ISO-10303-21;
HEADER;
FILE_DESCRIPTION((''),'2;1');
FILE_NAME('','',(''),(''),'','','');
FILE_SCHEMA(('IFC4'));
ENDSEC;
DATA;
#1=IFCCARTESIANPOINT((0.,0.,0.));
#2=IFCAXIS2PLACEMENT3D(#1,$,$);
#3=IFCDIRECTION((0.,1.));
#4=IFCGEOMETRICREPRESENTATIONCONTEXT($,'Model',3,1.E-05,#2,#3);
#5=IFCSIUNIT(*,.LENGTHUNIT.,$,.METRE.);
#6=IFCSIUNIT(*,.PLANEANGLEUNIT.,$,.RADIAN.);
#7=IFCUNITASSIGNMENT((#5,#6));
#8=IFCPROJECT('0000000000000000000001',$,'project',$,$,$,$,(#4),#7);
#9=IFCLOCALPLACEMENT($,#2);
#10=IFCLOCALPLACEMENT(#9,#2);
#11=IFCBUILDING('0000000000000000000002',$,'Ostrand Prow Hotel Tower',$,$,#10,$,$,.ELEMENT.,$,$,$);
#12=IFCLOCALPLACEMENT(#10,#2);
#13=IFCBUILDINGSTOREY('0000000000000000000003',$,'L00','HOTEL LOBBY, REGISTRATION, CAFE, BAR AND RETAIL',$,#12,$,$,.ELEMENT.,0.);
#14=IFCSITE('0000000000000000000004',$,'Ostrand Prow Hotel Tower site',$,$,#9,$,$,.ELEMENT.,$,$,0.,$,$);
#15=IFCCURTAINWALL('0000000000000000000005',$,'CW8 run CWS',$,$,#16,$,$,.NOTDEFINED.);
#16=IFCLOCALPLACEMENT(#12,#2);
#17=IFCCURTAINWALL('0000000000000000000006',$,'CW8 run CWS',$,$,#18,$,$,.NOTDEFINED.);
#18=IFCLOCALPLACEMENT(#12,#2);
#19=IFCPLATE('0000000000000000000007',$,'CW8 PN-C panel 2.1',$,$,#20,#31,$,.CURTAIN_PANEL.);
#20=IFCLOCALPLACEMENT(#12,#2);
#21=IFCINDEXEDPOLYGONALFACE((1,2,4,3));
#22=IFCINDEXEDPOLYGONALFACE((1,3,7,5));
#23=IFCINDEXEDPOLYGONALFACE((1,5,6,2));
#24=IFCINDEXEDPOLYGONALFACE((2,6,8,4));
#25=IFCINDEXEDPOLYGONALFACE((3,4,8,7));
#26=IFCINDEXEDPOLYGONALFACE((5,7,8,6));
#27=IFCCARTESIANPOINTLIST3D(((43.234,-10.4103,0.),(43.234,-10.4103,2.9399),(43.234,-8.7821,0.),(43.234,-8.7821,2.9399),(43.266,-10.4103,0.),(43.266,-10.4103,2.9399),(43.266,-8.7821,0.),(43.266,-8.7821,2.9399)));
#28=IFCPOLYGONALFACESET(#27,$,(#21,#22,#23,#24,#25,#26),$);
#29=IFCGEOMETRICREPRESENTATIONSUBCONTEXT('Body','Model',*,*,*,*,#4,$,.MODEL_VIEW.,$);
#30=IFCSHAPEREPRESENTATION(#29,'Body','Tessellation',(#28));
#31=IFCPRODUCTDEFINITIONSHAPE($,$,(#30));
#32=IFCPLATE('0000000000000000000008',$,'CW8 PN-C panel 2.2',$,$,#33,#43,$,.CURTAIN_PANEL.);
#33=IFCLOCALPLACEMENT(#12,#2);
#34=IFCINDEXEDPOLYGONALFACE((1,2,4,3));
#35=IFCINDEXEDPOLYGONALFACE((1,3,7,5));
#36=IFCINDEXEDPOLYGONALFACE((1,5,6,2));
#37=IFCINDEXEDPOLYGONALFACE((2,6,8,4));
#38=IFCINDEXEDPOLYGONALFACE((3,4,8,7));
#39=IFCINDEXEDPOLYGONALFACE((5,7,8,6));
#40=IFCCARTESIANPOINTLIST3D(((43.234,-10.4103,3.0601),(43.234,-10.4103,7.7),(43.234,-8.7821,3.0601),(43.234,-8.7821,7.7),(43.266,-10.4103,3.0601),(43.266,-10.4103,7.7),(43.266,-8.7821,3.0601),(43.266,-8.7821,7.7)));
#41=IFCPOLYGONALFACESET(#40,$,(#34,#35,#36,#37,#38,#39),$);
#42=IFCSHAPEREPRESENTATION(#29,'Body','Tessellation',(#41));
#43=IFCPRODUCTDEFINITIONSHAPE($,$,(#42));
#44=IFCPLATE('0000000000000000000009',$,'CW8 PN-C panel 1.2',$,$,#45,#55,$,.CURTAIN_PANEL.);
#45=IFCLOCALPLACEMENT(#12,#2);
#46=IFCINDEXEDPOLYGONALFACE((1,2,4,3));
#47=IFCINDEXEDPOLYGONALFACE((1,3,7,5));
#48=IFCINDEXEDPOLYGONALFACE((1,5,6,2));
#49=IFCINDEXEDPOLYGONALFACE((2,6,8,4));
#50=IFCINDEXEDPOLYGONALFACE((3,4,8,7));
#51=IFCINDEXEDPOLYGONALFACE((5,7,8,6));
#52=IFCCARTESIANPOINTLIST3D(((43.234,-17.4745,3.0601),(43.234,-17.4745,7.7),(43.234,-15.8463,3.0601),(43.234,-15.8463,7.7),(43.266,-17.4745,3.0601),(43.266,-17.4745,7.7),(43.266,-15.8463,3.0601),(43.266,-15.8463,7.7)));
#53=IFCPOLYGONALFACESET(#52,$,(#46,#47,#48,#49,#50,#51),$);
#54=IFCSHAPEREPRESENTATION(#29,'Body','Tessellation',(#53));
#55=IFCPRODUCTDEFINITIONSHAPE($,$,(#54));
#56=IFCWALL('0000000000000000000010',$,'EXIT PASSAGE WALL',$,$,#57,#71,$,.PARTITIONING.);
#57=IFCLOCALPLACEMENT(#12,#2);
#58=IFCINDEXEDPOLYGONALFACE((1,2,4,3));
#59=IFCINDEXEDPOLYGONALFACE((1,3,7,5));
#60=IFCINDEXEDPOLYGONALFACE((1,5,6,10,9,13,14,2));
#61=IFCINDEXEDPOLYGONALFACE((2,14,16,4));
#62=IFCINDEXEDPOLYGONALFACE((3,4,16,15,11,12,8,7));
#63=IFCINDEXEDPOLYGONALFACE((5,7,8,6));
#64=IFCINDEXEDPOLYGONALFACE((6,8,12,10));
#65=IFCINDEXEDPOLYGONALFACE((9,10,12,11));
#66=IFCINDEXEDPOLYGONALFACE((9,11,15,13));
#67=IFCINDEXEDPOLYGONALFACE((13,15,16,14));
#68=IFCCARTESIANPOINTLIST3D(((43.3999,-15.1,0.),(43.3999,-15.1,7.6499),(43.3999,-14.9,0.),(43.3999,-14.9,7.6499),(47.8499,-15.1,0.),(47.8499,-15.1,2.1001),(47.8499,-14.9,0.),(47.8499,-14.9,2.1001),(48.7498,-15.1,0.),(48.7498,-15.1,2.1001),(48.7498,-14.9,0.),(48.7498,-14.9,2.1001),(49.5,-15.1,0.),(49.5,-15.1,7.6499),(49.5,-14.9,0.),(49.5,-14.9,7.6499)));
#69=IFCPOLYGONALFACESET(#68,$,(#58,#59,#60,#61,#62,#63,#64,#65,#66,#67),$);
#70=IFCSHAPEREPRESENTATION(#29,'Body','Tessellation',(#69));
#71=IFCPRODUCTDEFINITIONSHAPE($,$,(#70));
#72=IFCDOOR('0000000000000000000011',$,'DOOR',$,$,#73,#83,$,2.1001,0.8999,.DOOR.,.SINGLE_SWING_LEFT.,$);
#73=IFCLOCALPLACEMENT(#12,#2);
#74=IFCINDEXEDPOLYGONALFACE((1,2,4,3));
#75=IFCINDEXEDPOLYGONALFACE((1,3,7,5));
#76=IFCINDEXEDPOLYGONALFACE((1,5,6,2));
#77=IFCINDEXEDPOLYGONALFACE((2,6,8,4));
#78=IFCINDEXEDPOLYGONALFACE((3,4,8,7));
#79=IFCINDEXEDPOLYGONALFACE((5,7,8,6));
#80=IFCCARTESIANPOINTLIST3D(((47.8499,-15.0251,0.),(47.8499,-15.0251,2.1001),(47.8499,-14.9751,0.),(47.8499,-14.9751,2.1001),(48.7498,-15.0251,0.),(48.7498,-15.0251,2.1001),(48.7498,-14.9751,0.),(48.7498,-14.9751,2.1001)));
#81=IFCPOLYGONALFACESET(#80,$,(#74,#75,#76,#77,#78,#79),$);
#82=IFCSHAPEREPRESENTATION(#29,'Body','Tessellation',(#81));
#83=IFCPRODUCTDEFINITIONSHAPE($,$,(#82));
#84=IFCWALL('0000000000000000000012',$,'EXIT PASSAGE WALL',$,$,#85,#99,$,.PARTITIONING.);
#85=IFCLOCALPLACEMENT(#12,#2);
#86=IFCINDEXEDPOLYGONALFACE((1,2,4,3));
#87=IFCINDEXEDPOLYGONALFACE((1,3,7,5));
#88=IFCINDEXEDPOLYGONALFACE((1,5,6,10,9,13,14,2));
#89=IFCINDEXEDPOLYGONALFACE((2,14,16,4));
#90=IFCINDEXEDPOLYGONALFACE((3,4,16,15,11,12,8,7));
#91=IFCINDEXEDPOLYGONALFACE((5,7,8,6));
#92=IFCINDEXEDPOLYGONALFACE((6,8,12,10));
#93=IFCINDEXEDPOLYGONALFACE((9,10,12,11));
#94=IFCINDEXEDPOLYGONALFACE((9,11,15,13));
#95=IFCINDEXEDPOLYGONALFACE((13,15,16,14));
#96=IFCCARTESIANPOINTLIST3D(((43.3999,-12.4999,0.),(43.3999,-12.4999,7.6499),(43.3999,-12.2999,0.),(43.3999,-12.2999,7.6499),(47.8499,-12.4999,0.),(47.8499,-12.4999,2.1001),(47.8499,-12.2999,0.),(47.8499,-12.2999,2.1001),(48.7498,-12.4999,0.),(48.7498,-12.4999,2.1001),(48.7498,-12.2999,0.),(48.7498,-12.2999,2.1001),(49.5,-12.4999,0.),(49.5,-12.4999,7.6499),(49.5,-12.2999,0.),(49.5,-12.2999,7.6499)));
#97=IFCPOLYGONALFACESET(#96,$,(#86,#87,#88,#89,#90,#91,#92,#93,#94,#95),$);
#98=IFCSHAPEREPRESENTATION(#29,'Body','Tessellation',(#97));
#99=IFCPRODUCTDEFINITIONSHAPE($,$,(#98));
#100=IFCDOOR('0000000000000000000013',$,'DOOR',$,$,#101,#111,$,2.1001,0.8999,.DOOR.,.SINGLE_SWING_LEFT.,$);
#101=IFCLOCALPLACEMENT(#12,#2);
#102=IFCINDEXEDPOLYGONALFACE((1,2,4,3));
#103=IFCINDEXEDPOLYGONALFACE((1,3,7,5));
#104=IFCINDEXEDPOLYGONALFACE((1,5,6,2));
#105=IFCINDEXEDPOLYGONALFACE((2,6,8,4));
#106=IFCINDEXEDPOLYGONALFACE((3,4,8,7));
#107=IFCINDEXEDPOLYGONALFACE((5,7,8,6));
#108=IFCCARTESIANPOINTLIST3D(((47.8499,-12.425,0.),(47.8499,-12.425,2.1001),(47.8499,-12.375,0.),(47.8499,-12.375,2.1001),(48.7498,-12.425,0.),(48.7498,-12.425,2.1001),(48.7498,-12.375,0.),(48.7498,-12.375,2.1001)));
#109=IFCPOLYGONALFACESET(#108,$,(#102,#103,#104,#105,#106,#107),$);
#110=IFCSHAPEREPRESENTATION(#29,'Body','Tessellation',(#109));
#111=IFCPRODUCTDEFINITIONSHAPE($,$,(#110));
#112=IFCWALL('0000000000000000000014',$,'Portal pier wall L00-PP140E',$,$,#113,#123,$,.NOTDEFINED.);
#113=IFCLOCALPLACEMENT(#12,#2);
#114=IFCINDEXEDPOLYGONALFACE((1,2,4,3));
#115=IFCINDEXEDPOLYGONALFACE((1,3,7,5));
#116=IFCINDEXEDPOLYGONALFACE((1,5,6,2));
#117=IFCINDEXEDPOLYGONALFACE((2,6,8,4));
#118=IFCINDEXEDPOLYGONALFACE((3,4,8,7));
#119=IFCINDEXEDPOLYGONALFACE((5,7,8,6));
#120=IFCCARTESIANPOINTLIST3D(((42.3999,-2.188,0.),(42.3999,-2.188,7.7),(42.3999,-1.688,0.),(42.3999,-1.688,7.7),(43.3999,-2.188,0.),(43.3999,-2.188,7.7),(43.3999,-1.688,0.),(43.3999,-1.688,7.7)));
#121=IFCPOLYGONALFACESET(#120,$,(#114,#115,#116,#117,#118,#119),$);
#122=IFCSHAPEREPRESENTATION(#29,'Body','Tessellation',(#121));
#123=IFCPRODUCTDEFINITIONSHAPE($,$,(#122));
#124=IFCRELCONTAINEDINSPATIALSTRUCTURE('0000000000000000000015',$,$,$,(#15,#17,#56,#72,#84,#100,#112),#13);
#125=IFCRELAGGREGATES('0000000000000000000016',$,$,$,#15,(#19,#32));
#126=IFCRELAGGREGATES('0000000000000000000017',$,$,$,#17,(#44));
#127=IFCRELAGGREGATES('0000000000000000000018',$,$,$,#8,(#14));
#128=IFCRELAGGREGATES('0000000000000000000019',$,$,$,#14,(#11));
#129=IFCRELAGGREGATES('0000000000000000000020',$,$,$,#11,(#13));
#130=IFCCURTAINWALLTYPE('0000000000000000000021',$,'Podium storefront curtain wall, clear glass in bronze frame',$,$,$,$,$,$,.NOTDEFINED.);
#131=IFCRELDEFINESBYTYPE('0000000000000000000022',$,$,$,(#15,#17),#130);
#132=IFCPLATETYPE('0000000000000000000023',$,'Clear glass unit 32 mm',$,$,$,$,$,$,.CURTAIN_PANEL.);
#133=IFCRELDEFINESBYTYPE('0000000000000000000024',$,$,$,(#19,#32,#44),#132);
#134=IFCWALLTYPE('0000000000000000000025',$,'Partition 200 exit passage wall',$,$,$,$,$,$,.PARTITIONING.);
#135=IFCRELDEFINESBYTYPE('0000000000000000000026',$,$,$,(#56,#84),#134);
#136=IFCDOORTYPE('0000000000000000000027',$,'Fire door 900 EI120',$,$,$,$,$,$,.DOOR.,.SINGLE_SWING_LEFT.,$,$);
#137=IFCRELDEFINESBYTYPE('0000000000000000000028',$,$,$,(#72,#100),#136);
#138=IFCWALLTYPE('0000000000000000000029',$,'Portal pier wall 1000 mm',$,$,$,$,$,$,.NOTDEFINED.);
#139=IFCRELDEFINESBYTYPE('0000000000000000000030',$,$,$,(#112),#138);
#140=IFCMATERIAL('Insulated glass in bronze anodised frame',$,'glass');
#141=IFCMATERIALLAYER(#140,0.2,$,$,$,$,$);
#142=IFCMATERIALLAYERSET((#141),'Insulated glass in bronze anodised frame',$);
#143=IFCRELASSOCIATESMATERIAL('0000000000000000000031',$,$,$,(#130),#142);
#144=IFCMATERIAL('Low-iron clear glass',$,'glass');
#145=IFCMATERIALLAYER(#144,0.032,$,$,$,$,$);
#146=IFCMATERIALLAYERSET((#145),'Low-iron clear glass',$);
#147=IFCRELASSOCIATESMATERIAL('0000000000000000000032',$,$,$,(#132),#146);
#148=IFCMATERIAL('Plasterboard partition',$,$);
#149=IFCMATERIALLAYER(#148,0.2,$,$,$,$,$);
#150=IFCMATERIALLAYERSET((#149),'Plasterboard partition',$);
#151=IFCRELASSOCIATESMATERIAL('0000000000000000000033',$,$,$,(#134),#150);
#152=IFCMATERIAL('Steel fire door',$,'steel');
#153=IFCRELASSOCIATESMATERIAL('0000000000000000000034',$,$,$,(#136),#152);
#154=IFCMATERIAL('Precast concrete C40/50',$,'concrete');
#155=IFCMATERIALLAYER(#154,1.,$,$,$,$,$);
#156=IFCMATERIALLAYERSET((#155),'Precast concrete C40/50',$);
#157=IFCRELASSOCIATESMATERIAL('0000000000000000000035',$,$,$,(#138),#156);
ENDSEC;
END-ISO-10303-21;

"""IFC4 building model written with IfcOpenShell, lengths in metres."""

from ifc_helpers import new_model, si_unit, direction, frame, frame_2d, origin, origin_2d, place, context, subcontext, project, spatial, polyline, rectangle, outline, extrude, material, layer, layer_set, type_object, element, fill, aggregate, save


model = new_model("IFC4")

# Units and contexts
model_context = context("Model", 3, precision=1e-05, world=origin(), true_north=direction((0.0, 1.0)))
body_context = subcontext(model_context, "Body", "Model", "MODEL_VIEW")
ifc_project = project(units=[si_unit("LENGTHUNIT", "METRE"), si_unit("PLANEANGLEUNIT", "RADIAN")], contexts=[model_context])

# Site, building, storey
site_placement = place(None, origin())
site = spatial("IfcSite", under=ifc_project, at=site_placement, Name="Ostrand Prow Hotel Tower site", CompositionType="ELEMENT", RefElevation=0.0)
building_placement = place(site_placement, origin())
building = spatial("IfcBuilding", under=site, at=building_placement, Name="Ostrand Prow Hotel Tower", CompositionType="ELEMENT")
storey_placement = place(building_placement, origin())
storey = spatial("IfcBuildingStorey", under=building, at=storey_placement, Name="L00", Description="HOTEL LOBBY, REGISTRATION, CAFE, BAR AND RETAIL", CompositionType="ELEMENT", Elevation=0.0)

# Shared definitions
ifc_material_1 = material(Name="Insulated glass in bronze anodised frame", Category="glass")
ifc_layer_1 = layer(ifc_material_1, 0.2)
ifc_layer_set_1 = layer_set([ifc_layer_1], Name="Insulated glass in bronze anodised frame")
curtain_wall_type = type_object("IfcCurtainWallType", Name="Podium storefront curtain wall, clear glass in bronze frame", PredefinedType="NOTDEFINED", material=ifc_layer_set_1)

# Curtain wall
curtain_wall_1_placement = place(storey_placement, origin())
curtain_wall_1 = element("IfcCurtainWall", 1, at=curtain_wall_1_placement, inside=storey, type_object=curtain_wall_type, Name="CW8 run CWS", PredefinedType="NOTDEFINED")

# Curtain wall
curtain_wall_2_placement = place(storey_placement, origin())
curtain_wall_2 = element("IfcCurtainWall", 2, at=curtain_wall_2_placement, inside=storey, type_object=curtain_wall_type, Name="CW8 run CWS", PredefinedType="NOTDEFINED")

# Plates
ifc_material_2 = material(Name="Low-iron clear glass", Category="glass")
ifc_layer_2 = layer(ifc_material_2, 0.032)
ifc_layer_set_2 = layer_set([ifc_layer_2], Name="Low-iron clear glass")
plate_type = type_object("IfcPlateType", Name="Clear glass unit 32 mm", PredefinedType="CURTAIN_PANEL", material=ifc_layer_set_2)
plate_1_placement = place(storey_placement, frame((43.25, -9.5962, 0.0), z_axis=(0.0, 0.0, 1.0), x_axis=(0.0, -1.0, 0.0)))
plate_1 = element("IfcPlate", 3, at=plate_1_placement, type_object=plate_type, Name="CW8 PN-C panel 2.1", PredefinedType="CURTAIN_PANEL", context=body_context, shape_type="SweptSolid", body=[
    extrude(rectangle(XDim=1.6282, YDim=0.032, at=origin_2d()), origin(), (0.0, 0.0, 1.0), 2.9399),
])
plate_2_placement = place(storey_placement, frame((43.25, -9.5962, 3.0601), z_axis=(0.0, 0.0, 1.0), x_axis=(0.0, -1.0, 0.0)))
plate_2 = element("IfcPlate", 4, at=plate_2_placement, type_object=plate_type, Name="CW8 PN-C panel 2.2", PredefinedType="CURTAIN_PANEL", context=body_context, shape_type="SweptSolid", body=[
    extrude(rectangle(XDim=1.6282, YDim=0.032, at=origin_2d()), origin(), (0.0, 0.0, 1.0), 4.6399),
])
aggregate(curtain_wall_1, [plate_1, plate_2])
plate_3_placement = place(storey_placement, frame((43.25, -16.6604, 3.0601), z_axis=(0.0, 0.0, 1.0), x_axis=(0.0, -1.0, 0.0)))
plate_3 = element("IfcPlate", 5, at=plate_3_placement, type_object=plate_type, Name="CW8 PN-C panel 1.2", PredefinedType="CURTAIN_PANEL", context=body_context, shape_type="SweptSolid", body=[
    extrude(rectangle(XDim=1.6282, YDim=0.032, at=origin_2d()), origin(), (0.0, 0.0, 1.0), 4.6399),
])
aggregate(curtain_wall_2, [plate_3])

# Walls, openings, doors
ifc_material_3 = material(Name="Plasterboard partition")
ifc_layer_3 = layer(ifc_material_3, 0.2)
ifc_layer_set_3 = layer_set([ifc_layer_3], Name="Plasterboard partition")
wall_type_1 = type_object("IfcWallType", Name="Partition 200 exit passage wall", PredefinedType="PARTITIONING", material=ifc_layer_set_3)
wall_1_placement = place(storey_placement, frame((43.3999, -15.0, 0.0), z_axis=(0.0, 0.0, 1.0), x_axis=(1.0, 0.0, 0.0)))
wall_1 = element("IfcWall", 6, at=wall_1_placement, inside=storey, type_object=wall_type_1, Name="EXIT PASSAGE WALL", PredefinedType="PARTITIONING", context=body_context, shape_type="SweptSolid", body=[
    extrude(rectangle(XDim=6.1001, YDim=0.2, at=frame_2d((3.05, 0.0))), origin(), (0.0, 0.0, 1.0), 7.6499),
])
opening_1_placement = place(wall_1_placement, frame((4.45, 0.0, 0.0)))
opening_1 = element("IfcOpeningElement", 7, at=opening_1_placement, cuts=wall_1, PredefinedType="OPENING", context=body_context, shape_type="SweptSolid", body=[
    extrude(rectangle(XDim=0.8999, YDim=2.1001, at=frame_2d((0.45, 1.05))), frame((0.0, 0.1099, 0.0), z_axis=(0.0, -1.0, 0.0), x_axis=(1.0, 0.0, 0.0)), (0.0, 0.0, 1.0), 0.22),
])
ifc_material_4 = material(Name="Steel fire door", Category="steel")
door_type = type_object("IfcDoorType", Name="Fire door 900 EI120", OperationType="SINGLE_SWING_LEFT", PredefinedType="DOOR", material=ifc_material_4)
door_1_placement = place(opening_1_placement, origin())
door_1 = element("IfcDoor", 8, at=door_1_placement, inside=storey, type_object=door_type, Name="DOOR", OperationType="SINGLE_SWING_LEFT", OverallHeight=2.1001, OverallWidth=0.8999, PredefinedType="DOOR", context=body_context, shape_type="SweptSolid", body=[
    extrude(rectangle(XDim=0.8999, YDim=2.1001, at=frame_2d((0.45, 1.05))), frame((0.0, 0.0249, 0.0), z_axis=(0.0, -1.0, 0.0), x_axis=(1.0, 0.0, 0.0)), (0.0, 0.0, 1.0), 0.05),
])
fill(opening_1, door_1)
wall_2_placement = place(storey_placement, frame((43.3999, -12.3999, 0.0), z_axis=(0.0, 0.0, 1.0), x_axis=(1.0, 0.0, 0.0)))
wall_2 = element("IfcWall", 9, at=wall_2_placement, inside=storey, type_object=wall_type_1, Name="EXIT PASSAGE WALL", PredefinedType="PARTITIONING", context=body_context, shape_type="SweptSolid", body=[
    extrude(rectangle(XDim=6.1001, YDim=0.2, at=frame_2d((3.05, 0.0))), origin(), (0.0, 0.0, 1.0), 7.6499),
])
opening_2_placement = place(wall_2_placement, frame((4.45, 0.0, 0.0)))
opening_2 = element("IfcOpeningElement", 10, at=opening_2_placement, cuts=wall_2, PredefinedType="OPENING", context=body_context, shape_type="SweptSolid", body=[
    extrude(rectangle(XDim=0.8999, YDim=2.1001, at=frame_2d((0.45, 1.05))), frame((0.0, 0.1099, 0.0), z_axis=(0.0, -1.0, 0.0), x_axis=(1.0, 0.0, 0.0)), (0.0, 0.0, 1.0), 0.22),
])
door_2_placement = place(opening_2_placement, origin())
door_2 = element("IfcDoor", 11, at=door_2_placement, inside=storey, type_object=door_type, Name="DOOR", OperationType="SINGLE_SWING_LEFT", OverallHeight=2.1001, OverallWidth=0.8999, PredefinedType="DOOR", context=body_context, shape_type="SweptSolid", body=[
    extrude(rectangle(XDim=0.8999, YDim=2.1001, at=frame_2d((0.45, 1.05))), frame((0.0, 0.0249, 0.0), z_axis=(0.0, -1.0, 0.0), x_axis=(1.0, 0.0, 0.0)), (0.0, 0.0, 1.0), 0.05),
])
fill(opening_2, door_2)

# Wall
ifc_material_5 = material(Name="Precast concrete C40/50", Category="concrete")
ifc_layer_4 = layer(ifc_material_5, 1.0)
ifc_layer_set_4 = layer_set([ifc_layer_4], Name="Precast concrete C40/50")
wall_type_2 = type_object("IfcWallType", Name="Portal pier wall 1000 mm", PredefinedType="NOTDEFINED", material=ifc_layer_set_4)
wall_3_placement = place(storey_placement, frame((42.8999, -1.688, 0.0), z_axis=(0.0, 0.0, 1.0), x_axis=(0.0, -1.0, 0.0)))
element("IfcWall", 12, at=wall_3_placement, inside=storey, type_object=wall_type_2, Name="Portal pier wall L00-PP140E", PredefinedType="NOTDEFINED", context=body_context, shape_type="SweptSolid", body=[
    extrude(outline(polyline([(0.0, -0.5), (0.5, -0.5), (0.5, 0.5), (0.0, 0.5), (0.0, -0.5)])), origin(), (0.0, 0.0, 1.0), 7.7),
])

save(model, "model.ifc")
